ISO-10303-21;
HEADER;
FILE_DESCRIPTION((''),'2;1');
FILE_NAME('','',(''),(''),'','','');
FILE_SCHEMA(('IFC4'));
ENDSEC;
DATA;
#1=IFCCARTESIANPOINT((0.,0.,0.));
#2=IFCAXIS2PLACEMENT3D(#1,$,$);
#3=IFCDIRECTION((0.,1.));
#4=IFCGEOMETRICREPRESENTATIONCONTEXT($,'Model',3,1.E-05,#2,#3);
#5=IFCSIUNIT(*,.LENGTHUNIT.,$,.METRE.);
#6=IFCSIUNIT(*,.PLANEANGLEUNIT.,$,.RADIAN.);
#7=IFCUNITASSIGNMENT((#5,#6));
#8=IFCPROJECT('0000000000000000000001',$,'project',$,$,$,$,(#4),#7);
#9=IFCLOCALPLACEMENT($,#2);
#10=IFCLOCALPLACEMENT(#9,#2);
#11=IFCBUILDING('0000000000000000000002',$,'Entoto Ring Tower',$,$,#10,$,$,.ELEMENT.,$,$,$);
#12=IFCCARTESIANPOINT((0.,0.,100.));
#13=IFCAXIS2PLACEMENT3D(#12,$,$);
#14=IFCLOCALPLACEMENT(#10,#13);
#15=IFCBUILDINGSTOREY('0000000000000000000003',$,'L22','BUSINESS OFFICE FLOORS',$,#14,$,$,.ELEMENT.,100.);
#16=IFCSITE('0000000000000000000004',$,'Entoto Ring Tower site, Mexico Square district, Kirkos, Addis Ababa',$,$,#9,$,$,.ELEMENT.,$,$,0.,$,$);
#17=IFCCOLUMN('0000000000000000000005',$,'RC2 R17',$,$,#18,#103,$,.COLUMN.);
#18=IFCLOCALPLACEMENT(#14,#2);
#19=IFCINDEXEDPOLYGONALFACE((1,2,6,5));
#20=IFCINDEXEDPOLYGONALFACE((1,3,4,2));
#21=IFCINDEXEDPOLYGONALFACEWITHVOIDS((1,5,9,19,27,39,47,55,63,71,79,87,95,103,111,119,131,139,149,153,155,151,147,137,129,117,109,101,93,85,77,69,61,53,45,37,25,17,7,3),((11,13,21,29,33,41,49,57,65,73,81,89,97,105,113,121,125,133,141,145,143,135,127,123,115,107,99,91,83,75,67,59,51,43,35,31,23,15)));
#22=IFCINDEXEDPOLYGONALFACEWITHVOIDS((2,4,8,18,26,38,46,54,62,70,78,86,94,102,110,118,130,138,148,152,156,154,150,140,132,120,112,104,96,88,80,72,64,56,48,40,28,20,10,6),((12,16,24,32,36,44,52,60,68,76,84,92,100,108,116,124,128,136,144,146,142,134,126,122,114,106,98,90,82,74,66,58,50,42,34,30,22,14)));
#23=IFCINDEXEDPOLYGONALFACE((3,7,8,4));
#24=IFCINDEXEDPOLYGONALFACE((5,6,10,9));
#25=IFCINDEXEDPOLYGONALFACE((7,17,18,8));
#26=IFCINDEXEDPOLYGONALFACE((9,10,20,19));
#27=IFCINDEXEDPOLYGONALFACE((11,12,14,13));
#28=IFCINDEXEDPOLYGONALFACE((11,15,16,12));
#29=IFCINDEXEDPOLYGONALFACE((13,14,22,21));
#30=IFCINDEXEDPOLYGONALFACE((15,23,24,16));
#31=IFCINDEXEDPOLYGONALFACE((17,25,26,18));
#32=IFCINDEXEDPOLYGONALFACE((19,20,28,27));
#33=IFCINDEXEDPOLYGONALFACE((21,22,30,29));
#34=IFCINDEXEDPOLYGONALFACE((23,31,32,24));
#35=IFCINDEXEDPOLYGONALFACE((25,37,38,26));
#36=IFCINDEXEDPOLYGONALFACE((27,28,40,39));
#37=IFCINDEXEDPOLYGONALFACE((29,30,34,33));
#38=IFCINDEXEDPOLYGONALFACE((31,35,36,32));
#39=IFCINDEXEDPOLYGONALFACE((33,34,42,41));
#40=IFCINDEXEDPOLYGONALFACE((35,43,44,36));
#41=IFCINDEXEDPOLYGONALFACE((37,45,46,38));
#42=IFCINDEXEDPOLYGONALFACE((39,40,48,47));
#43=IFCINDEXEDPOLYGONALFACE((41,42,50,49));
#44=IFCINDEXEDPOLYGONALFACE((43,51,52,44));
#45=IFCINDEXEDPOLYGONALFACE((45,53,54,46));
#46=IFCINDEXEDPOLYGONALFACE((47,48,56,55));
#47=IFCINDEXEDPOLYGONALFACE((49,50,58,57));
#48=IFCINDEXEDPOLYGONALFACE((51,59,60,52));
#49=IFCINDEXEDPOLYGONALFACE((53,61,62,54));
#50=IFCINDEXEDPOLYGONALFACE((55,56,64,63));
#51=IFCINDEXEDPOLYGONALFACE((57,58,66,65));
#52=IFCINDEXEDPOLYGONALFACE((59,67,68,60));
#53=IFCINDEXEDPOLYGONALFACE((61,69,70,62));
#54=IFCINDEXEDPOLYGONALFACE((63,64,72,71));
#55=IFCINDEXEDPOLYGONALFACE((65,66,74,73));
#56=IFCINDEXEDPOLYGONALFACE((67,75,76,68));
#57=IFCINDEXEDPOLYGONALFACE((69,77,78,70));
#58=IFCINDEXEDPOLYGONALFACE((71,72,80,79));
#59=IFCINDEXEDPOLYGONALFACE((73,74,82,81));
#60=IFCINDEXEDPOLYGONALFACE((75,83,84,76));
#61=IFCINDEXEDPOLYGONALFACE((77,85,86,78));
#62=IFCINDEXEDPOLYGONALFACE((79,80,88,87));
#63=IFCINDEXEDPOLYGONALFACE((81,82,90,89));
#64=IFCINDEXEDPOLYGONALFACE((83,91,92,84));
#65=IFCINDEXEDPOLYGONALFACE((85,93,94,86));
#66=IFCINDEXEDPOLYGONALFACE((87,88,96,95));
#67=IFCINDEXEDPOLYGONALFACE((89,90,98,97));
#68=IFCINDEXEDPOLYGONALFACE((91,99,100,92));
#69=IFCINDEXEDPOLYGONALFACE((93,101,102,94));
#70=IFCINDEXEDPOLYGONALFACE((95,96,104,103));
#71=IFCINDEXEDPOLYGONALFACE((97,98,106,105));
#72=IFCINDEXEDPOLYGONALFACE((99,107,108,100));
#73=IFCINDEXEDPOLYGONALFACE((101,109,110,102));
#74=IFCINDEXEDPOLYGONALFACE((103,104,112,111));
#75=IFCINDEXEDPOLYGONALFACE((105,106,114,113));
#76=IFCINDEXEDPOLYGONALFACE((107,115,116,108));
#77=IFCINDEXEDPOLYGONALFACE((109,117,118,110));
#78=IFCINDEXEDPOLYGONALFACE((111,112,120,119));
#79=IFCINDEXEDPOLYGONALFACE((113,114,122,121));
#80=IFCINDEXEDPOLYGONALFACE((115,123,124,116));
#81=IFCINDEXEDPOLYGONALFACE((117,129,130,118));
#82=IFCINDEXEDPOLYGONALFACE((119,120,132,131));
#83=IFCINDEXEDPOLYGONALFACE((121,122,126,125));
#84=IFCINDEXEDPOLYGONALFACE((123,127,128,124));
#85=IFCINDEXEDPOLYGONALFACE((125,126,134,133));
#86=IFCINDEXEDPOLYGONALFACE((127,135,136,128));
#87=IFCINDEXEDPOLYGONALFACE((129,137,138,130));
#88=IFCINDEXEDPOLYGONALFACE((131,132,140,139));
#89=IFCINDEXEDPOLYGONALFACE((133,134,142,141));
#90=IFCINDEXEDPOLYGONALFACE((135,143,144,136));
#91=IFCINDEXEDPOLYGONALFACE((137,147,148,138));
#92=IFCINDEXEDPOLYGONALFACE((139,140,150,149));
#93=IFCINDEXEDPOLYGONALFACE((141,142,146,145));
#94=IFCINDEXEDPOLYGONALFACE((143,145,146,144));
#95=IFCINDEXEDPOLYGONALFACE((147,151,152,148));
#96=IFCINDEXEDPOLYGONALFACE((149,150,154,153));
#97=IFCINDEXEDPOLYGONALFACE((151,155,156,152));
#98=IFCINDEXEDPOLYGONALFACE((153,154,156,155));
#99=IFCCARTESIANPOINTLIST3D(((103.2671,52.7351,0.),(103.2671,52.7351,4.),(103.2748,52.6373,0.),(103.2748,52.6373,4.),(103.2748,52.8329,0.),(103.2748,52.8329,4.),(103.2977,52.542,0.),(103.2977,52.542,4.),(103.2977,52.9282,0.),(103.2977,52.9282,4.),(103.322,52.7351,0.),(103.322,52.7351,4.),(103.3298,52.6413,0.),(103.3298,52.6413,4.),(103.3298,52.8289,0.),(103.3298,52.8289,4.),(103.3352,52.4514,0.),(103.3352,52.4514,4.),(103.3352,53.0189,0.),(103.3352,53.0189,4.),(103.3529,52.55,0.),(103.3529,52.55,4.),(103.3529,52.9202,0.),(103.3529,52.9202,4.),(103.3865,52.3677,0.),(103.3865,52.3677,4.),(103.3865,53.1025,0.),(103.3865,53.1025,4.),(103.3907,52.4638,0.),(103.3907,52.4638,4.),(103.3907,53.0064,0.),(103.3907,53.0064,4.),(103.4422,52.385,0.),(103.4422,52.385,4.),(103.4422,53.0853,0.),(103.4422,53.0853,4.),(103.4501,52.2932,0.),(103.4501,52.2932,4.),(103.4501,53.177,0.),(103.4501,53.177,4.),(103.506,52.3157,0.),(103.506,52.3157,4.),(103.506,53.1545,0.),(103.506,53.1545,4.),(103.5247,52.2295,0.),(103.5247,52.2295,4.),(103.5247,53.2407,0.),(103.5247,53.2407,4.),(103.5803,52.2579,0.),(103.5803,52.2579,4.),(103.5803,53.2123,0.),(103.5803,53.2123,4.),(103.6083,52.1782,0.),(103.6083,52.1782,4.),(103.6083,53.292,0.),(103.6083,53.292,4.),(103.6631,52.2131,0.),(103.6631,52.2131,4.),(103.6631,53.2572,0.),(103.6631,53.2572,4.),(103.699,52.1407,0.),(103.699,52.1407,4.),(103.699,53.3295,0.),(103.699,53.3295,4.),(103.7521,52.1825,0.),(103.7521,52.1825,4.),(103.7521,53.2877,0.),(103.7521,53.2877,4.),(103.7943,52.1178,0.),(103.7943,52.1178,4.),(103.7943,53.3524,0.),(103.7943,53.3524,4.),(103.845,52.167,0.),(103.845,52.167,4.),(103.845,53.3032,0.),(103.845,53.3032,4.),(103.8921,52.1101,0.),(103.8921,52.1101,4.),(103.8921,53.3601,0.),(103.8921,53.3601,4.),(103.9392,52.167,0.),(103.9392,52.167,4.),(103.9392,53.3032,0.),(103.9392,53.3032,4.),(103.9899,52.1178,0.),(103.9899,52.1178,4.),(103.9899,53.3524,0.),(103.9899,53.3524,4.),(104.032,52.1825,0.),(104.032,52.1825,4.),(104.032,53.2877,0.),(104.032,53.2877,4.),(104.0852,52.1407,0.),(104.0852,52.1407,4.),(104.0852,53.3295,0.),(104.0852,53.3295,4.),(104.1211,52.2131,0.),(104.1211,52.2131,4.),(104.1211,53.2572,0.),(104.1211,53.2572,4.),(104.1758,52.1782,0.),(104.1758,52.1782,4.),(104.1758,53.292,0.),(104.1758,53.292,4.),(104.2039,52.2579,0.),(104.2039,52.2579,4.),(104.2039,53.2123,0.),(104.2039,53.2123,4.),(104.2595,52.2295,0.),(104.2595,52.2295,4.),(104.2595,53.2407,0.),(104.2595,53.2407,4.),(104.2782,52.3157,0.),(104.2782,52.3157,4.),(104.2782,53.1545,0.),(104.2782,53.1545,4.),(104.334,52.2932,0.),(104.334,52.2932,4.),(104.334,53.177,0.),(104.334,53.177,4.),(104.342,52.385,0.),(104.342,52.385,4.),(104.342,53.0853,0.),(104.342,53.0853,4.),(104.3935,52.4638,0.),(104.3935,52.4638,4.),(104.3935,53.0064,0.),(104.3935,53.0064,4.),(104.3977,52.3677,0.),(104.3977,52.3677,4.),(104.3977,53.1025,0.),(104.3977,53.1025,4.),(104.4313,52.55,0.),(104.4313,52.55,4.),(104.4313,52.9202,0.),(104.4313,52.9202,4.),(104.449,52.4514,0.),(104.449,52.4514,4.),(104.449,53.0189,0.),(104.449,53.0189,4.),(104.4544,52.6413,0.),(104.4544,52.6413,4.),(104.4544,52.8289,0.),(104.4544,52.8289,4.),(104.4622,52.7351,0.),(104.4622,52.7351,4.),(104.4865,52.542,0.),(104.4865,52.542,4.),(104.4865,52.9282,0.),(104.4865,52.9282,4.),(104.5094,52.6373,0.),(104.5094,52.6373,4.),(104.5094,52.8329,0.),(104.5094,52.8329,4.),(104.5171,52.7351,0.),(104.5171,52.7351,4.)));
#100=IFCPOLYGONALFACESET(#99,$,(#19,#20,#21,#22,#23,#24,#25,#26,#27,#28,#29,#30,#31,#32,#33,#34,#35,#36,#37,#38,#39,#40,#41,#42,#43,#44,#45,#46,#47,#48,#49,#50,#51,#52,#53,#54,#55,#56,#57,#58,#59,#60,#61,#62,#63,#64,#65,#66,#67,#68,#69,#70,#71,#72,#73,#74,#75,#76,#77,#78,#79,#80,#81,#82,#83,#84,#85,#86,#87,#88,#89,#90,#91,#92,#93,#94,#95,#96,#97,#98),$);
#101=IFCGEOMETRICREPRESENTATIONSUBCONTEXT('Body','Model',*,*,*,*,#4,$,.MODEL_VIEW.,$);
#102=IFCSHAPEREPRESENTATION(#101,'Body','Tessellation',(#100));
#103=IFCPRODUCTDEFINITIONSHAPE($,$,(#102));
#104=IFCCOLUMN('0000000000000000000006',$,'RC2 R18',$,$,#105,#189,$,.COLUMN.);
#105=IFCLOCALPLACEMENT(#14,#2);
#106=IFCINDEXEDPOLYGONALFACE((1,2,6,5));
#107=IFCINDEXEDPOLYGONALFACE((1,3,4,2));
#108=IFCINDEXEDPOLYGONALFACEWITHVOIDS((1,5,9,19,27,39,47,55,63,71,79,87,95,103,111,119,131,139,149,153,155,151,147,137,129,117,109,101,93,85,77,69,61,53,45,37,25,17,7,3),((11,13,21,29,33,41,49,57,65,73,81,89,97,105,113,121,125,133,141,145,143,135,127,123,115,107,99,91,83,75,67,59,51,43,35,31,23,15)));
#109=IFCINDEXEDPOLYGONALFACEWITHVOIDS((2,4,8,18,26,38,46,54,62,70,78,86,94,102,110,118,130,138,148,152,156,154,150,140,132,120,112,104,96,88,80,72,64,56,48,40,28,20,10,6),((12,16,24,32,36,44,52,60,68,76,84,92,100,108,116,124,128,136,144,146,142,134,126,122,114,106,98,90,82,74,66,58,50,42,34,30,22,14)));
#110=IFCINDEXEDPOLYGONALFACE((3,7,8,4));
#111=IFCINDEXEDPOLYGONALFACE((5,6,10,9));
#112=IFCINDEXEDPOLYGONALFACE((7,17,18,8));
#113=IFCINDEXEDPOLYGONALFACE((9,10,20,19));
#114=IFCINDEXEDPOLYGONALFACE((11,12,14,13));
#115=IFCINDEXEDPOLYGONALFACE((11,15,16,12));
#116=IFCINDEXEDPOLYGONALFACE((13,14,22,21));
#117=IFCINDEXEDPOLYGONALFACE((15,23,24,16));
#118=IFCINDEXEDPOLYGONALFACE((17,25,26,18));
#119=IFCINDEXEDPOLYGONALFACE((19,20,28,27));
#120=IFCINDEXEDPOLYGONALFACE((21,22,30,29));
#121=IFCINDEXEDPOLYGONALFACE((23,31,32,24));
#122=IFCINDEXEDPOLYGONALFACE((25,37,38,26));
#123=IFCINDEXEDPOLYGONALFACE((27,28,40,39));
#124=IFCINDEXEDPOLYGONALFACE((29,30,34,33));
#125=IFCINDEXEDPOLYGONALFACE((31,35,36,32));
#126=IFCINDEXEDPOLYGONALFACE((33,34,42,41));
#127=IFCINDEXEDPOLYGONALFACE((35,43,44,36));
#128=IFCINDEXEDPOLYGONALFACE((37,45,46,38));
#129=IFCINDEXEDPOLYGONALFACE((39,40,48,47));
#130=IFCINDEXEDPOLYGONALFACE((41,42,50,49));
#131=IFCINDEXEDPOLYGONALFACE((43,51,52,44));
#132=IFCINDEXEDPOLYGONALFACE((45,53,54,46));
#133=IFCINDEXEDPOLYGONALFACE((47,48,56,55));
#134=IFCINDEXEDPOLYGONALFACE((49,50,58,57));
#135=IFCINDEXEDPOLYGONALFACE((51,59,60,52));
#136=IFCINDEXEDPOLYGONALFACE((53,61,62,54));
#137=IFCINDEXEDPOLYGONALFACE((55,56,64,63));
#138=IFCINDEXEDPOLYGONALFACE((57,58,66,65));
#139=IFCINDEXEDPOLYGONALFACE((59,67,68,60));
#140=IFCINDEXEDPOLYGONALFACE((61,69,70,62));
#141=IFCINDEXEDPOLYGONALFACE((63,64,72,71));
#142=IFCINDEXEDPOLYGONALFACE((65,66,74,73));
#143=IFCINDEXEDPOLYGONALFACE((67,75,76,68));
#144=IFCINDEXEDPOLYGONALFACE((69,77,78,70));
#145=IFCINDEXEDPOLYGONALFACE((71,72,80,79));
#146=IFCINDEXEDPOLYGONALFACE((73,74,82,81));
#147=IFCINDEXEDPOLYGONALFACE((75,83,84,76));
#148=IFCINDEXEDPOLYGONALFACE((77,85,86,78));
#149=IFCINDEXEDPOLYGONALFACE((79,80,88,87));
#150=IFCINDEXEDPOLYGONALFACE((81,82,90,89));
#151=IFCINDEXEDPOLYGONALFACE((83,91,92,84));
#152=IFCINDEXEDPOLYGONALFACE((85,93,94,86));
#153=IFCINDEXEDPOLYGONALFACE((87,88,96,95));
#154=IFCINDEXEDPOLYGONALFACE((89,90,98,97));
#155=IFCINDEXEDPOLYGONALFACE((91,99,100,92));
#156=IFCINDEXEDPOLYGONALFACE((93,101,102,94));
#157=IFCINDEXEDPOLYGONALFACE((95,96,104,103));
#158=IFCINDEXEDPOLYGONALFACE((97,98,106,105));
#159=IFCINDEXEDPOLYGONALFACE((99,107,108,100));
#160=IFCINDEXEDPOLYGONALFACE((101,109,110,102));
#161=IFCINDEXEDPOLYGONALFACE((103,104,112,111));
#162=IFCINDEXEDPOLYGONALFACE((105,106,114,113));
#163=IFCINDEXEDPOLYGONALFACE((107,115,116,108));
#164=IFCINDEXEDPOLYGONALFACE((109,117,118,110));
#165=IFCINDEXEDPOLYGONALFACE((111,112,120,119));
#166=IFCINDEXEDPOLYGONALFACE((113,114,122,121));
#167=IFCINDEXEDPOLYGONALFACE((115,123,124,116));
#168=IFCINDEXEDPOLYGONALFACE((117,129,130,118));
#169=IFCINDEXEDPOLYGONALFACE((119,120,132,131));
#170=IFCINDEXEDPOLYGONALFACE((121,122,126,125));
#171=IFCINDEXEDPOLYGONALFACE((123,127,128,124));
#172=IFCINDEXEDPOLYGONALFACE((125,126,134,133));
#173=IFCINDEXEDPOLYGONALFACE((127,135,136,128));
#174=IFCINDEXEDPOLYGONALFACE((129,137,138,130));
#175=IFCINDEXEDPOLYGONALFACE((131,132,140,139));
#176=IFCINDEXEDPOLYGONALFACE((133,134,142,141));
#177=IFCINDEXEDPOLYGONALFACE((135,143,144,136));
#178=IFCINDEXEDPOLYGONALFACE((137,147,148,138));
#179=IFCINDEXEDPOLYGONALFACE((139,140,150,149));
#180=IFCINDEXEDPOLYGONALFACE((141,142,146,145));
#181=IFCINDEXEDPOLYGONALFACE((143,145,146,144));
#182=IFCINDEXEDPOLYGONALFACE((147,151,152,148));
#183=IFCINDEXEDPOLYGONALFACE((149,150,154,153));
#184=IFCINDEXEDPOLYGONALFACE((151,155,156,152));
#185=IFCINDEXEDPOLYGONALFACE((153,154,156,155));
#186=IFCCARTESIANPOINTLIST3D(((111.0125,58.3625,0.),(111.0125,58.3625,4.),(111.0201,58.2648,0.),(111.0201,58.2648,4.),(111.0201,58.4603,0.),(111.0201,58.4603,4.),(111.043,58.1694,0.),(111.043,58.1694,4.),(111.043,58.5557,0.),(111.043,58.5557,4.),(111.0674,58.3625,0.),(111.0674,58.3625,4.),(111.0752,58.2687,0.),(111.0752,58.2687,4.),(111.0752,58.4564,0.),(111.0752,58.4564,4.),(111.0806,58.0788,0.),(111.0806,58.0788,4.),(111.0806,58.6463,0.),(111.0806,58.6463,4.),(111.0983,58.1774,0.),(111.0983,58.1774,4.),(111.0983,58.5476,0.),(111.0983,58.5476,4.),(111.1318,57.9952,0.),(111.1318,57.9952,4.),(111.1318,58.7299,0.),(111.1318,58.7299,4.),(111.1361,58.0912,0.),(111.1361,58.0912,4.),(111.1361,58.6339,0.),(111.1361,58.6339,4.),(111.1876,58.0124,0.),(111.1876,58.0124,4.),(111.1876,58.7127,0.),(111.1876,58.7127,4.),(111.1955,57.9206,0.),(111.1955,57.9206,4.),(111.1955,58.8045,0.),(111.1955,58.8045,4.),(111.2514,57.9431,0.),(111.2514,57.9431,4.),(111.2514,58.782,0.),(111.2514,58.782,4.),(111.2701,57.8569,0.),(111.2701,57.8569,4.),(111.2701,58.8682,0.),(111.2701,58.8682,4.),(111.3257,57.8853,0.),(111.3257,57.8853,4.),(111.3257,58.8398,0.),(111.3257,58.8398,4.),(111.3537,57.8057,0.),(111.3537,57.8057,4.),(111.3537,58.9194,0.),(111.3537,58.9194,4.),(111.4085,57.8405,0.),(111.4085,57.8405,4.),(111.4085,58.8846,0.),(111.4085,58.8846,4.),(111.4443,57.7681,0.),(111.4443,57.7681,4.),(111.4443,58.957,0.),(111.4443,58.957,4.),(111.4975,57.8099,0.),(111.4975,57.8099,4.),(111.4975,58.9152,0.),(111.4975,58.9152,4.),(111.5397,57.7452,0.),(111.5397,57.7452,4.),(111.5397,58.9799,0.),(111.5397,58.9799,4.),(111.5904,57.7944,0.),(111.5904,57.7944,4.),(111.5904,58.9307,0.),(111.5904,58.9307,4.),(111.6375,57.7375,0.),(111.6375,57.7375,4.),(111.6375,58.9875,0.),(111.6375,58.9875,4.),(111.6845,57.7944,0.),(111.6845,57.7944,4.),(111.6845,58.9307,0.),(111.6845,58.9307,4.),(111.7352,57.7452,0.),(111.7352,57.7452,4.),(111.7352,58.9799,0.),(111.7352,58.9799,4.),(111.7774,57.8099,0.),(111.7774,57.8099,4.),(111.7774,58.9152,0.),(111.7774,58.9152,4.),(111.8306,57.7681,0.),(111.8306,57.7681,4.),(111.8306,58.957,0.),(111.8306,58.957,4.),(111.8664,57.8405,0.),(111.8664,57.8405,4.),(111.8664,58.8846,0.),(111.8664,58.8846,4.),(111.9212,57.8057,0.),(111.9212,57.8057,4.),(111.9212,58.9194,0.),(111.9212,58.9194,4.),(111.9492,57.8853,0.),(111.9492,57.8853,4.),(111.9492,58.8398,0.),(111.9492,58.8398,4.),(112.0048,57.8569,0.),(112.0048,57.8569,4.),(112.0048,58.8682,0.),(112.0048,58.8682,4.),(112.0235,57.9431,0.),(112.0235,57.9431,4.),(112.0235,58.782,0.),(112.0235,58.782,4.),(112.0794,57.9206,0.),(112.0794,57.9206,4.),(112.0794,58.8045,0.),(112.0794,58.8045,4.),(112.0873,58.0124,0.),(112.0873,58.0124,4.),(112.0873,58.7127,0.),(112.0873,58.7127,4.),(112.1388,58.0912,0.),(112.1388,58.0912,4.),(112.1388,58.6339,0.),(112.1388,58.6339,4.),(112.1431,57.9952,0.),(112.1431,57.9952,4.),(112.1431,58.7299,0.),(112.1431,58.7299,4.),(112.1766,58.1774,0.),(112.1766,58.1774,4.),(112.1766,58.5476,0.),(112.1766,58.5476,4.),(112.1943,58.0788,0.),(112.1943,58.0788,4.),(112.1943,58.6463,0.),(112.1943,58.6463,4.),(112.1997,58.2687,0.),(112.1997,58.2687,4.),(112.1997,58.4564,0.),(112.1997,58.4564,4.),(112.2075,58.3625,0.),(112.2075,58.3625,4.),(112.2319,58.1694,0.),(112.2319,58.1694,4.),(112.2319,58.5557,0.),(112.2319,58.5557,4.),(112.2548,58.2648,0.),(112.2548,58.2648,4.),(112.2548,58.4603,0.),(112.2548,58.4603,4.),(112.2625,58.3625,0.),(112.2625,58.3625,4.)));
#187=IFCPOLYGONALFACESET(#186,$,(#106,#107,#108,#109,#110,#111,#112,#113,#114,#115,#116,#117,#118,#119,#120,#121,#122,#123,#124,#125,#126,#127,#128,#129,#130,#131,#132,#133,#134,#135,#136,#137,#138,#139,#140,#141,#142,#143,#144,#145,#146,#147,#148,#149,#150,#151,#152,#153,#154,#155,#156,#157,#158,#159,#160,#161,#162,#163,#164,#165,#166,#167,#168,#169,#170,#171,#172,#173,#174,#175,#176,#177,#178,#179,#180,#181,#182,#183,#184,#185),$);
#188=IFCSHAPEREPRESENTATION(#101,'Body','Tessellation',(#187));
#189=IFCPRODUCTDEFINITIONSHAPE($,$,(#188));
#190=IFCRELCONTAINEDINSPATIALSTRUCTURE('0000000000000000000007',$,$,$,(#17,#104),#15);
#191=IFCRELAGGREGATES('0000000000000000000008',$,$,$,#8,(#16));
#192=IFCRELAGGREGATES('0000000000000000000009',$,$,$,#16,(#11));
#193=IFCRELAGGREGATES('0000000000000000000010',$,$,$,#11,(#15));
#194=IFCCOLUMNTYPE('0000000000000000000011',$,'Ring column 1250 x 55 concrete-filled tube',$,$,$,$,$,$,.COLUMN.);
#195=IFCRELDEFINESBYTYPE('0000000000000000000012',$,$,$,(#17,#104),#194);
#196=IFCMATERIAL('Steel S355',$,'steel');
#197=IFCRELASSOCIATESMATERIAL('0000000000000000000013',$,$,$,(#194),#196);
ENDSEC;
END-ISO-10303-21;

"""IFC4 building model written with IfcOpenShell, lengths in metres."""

from ifc_helpers import new_model, si_unit, direction, frame, origin, origin_2d, place, context, subcontext, project, spatial, circle, hollow_circle, extrude, material, material_profile, profile_set, type_object, element, save


model = new_model("IFC4")

# Units and contexts
model_context = context("Model", 3, precision=1e-05, world=origin(), true_north=direction((0.0, 1.0)))
body_context = subcontext(model_context, "Body", "Model", "MODEL_VIEW")
ifc_project = project(units=[si_unit("LENGTHUNIT", "METRE"), si_unit("PLANEANGLEUNIT", "RADIAN")], contexts=[model_context])

# Site, building, storey
site_placement = place(None, origin())
site = spatial("IfcSite", under=ifc_project, at=site_placement, Name="Entoto Ring Tower site, Mexico Square district, Kirkos, Addis Ababa", CompositionType="ELEMENT", RefElevation=0.0)
building_placement = place(site_placement, origin())
building = spatial("IfcBuilding", under=site, at=building_placement, Name="Entoto Ring Tower", CompositionType="ELEMENT")
storey_placement = place(building_placement, frame((0.0, 0.0, 100.0)))
storey = spatial("IfcBuildingStorey", under=building, at=storey_placement, Name="L22", Description="BUSINESS OFFICE FLOORS", CompositionType="ELEMENT", Elevation=100.0)

# Columns
ifc_material_1 = material(Name="Steel S355", Category="steel")
ifc_material_profile_1 = material_profile(ifc_material_1, hollow_circle(Radius=0.625, WallThickness=0.0549, at=origin_2d()), Name="CHS 1250 x 55")
ifc_material_2 = material(Name="Concrete C60/75", Category="concrete")
ifc_material_profile_2 = material_profile(ifc_material_2, circle(Radius=0.5701, at=origin_2d()), Name="Concrete C60/75 infill")
ifc_profile_set_1 = profile_set([ifc_material_profile_1, ifc_material_profile_2], Name="Steel S355")
column_type = type_object("IfcColumnType", Name="Ring column 1250 x 55 concrete-filled tube", PredefinedType="COLUMN", material=ifc_profile_set_1)
for number, where, z_axis, x_axis, name in (
    (1, (103.8921, 52.7351, 0.0), (0.0, 0.0, 1.0), (1.0, 0.0, 0.0), "RC2 R17"),
    (2, (111.6375, 58.3625, 0.0), (0.0, 0.0, 1.0), (1.0, 0.0, 0.0), "RC2 R18"),
):
    element("IfcColumn", number, at=place(storey_placement, frame(where, z_axis=z_axis, x_axis=x_axis)), inside=storey, type_object=column_type, Name=name, PredefinedType="COLUMN", context=body_context, shape_type="SweptSolid", body=[
        extrude(hollow_circle(Radius=0.625, WallThickness=0.0549, at=origin_2d()), origin(), (0.0, 0.0, 1.0), 4.0),
    ])

save(model, "model.ifc")
